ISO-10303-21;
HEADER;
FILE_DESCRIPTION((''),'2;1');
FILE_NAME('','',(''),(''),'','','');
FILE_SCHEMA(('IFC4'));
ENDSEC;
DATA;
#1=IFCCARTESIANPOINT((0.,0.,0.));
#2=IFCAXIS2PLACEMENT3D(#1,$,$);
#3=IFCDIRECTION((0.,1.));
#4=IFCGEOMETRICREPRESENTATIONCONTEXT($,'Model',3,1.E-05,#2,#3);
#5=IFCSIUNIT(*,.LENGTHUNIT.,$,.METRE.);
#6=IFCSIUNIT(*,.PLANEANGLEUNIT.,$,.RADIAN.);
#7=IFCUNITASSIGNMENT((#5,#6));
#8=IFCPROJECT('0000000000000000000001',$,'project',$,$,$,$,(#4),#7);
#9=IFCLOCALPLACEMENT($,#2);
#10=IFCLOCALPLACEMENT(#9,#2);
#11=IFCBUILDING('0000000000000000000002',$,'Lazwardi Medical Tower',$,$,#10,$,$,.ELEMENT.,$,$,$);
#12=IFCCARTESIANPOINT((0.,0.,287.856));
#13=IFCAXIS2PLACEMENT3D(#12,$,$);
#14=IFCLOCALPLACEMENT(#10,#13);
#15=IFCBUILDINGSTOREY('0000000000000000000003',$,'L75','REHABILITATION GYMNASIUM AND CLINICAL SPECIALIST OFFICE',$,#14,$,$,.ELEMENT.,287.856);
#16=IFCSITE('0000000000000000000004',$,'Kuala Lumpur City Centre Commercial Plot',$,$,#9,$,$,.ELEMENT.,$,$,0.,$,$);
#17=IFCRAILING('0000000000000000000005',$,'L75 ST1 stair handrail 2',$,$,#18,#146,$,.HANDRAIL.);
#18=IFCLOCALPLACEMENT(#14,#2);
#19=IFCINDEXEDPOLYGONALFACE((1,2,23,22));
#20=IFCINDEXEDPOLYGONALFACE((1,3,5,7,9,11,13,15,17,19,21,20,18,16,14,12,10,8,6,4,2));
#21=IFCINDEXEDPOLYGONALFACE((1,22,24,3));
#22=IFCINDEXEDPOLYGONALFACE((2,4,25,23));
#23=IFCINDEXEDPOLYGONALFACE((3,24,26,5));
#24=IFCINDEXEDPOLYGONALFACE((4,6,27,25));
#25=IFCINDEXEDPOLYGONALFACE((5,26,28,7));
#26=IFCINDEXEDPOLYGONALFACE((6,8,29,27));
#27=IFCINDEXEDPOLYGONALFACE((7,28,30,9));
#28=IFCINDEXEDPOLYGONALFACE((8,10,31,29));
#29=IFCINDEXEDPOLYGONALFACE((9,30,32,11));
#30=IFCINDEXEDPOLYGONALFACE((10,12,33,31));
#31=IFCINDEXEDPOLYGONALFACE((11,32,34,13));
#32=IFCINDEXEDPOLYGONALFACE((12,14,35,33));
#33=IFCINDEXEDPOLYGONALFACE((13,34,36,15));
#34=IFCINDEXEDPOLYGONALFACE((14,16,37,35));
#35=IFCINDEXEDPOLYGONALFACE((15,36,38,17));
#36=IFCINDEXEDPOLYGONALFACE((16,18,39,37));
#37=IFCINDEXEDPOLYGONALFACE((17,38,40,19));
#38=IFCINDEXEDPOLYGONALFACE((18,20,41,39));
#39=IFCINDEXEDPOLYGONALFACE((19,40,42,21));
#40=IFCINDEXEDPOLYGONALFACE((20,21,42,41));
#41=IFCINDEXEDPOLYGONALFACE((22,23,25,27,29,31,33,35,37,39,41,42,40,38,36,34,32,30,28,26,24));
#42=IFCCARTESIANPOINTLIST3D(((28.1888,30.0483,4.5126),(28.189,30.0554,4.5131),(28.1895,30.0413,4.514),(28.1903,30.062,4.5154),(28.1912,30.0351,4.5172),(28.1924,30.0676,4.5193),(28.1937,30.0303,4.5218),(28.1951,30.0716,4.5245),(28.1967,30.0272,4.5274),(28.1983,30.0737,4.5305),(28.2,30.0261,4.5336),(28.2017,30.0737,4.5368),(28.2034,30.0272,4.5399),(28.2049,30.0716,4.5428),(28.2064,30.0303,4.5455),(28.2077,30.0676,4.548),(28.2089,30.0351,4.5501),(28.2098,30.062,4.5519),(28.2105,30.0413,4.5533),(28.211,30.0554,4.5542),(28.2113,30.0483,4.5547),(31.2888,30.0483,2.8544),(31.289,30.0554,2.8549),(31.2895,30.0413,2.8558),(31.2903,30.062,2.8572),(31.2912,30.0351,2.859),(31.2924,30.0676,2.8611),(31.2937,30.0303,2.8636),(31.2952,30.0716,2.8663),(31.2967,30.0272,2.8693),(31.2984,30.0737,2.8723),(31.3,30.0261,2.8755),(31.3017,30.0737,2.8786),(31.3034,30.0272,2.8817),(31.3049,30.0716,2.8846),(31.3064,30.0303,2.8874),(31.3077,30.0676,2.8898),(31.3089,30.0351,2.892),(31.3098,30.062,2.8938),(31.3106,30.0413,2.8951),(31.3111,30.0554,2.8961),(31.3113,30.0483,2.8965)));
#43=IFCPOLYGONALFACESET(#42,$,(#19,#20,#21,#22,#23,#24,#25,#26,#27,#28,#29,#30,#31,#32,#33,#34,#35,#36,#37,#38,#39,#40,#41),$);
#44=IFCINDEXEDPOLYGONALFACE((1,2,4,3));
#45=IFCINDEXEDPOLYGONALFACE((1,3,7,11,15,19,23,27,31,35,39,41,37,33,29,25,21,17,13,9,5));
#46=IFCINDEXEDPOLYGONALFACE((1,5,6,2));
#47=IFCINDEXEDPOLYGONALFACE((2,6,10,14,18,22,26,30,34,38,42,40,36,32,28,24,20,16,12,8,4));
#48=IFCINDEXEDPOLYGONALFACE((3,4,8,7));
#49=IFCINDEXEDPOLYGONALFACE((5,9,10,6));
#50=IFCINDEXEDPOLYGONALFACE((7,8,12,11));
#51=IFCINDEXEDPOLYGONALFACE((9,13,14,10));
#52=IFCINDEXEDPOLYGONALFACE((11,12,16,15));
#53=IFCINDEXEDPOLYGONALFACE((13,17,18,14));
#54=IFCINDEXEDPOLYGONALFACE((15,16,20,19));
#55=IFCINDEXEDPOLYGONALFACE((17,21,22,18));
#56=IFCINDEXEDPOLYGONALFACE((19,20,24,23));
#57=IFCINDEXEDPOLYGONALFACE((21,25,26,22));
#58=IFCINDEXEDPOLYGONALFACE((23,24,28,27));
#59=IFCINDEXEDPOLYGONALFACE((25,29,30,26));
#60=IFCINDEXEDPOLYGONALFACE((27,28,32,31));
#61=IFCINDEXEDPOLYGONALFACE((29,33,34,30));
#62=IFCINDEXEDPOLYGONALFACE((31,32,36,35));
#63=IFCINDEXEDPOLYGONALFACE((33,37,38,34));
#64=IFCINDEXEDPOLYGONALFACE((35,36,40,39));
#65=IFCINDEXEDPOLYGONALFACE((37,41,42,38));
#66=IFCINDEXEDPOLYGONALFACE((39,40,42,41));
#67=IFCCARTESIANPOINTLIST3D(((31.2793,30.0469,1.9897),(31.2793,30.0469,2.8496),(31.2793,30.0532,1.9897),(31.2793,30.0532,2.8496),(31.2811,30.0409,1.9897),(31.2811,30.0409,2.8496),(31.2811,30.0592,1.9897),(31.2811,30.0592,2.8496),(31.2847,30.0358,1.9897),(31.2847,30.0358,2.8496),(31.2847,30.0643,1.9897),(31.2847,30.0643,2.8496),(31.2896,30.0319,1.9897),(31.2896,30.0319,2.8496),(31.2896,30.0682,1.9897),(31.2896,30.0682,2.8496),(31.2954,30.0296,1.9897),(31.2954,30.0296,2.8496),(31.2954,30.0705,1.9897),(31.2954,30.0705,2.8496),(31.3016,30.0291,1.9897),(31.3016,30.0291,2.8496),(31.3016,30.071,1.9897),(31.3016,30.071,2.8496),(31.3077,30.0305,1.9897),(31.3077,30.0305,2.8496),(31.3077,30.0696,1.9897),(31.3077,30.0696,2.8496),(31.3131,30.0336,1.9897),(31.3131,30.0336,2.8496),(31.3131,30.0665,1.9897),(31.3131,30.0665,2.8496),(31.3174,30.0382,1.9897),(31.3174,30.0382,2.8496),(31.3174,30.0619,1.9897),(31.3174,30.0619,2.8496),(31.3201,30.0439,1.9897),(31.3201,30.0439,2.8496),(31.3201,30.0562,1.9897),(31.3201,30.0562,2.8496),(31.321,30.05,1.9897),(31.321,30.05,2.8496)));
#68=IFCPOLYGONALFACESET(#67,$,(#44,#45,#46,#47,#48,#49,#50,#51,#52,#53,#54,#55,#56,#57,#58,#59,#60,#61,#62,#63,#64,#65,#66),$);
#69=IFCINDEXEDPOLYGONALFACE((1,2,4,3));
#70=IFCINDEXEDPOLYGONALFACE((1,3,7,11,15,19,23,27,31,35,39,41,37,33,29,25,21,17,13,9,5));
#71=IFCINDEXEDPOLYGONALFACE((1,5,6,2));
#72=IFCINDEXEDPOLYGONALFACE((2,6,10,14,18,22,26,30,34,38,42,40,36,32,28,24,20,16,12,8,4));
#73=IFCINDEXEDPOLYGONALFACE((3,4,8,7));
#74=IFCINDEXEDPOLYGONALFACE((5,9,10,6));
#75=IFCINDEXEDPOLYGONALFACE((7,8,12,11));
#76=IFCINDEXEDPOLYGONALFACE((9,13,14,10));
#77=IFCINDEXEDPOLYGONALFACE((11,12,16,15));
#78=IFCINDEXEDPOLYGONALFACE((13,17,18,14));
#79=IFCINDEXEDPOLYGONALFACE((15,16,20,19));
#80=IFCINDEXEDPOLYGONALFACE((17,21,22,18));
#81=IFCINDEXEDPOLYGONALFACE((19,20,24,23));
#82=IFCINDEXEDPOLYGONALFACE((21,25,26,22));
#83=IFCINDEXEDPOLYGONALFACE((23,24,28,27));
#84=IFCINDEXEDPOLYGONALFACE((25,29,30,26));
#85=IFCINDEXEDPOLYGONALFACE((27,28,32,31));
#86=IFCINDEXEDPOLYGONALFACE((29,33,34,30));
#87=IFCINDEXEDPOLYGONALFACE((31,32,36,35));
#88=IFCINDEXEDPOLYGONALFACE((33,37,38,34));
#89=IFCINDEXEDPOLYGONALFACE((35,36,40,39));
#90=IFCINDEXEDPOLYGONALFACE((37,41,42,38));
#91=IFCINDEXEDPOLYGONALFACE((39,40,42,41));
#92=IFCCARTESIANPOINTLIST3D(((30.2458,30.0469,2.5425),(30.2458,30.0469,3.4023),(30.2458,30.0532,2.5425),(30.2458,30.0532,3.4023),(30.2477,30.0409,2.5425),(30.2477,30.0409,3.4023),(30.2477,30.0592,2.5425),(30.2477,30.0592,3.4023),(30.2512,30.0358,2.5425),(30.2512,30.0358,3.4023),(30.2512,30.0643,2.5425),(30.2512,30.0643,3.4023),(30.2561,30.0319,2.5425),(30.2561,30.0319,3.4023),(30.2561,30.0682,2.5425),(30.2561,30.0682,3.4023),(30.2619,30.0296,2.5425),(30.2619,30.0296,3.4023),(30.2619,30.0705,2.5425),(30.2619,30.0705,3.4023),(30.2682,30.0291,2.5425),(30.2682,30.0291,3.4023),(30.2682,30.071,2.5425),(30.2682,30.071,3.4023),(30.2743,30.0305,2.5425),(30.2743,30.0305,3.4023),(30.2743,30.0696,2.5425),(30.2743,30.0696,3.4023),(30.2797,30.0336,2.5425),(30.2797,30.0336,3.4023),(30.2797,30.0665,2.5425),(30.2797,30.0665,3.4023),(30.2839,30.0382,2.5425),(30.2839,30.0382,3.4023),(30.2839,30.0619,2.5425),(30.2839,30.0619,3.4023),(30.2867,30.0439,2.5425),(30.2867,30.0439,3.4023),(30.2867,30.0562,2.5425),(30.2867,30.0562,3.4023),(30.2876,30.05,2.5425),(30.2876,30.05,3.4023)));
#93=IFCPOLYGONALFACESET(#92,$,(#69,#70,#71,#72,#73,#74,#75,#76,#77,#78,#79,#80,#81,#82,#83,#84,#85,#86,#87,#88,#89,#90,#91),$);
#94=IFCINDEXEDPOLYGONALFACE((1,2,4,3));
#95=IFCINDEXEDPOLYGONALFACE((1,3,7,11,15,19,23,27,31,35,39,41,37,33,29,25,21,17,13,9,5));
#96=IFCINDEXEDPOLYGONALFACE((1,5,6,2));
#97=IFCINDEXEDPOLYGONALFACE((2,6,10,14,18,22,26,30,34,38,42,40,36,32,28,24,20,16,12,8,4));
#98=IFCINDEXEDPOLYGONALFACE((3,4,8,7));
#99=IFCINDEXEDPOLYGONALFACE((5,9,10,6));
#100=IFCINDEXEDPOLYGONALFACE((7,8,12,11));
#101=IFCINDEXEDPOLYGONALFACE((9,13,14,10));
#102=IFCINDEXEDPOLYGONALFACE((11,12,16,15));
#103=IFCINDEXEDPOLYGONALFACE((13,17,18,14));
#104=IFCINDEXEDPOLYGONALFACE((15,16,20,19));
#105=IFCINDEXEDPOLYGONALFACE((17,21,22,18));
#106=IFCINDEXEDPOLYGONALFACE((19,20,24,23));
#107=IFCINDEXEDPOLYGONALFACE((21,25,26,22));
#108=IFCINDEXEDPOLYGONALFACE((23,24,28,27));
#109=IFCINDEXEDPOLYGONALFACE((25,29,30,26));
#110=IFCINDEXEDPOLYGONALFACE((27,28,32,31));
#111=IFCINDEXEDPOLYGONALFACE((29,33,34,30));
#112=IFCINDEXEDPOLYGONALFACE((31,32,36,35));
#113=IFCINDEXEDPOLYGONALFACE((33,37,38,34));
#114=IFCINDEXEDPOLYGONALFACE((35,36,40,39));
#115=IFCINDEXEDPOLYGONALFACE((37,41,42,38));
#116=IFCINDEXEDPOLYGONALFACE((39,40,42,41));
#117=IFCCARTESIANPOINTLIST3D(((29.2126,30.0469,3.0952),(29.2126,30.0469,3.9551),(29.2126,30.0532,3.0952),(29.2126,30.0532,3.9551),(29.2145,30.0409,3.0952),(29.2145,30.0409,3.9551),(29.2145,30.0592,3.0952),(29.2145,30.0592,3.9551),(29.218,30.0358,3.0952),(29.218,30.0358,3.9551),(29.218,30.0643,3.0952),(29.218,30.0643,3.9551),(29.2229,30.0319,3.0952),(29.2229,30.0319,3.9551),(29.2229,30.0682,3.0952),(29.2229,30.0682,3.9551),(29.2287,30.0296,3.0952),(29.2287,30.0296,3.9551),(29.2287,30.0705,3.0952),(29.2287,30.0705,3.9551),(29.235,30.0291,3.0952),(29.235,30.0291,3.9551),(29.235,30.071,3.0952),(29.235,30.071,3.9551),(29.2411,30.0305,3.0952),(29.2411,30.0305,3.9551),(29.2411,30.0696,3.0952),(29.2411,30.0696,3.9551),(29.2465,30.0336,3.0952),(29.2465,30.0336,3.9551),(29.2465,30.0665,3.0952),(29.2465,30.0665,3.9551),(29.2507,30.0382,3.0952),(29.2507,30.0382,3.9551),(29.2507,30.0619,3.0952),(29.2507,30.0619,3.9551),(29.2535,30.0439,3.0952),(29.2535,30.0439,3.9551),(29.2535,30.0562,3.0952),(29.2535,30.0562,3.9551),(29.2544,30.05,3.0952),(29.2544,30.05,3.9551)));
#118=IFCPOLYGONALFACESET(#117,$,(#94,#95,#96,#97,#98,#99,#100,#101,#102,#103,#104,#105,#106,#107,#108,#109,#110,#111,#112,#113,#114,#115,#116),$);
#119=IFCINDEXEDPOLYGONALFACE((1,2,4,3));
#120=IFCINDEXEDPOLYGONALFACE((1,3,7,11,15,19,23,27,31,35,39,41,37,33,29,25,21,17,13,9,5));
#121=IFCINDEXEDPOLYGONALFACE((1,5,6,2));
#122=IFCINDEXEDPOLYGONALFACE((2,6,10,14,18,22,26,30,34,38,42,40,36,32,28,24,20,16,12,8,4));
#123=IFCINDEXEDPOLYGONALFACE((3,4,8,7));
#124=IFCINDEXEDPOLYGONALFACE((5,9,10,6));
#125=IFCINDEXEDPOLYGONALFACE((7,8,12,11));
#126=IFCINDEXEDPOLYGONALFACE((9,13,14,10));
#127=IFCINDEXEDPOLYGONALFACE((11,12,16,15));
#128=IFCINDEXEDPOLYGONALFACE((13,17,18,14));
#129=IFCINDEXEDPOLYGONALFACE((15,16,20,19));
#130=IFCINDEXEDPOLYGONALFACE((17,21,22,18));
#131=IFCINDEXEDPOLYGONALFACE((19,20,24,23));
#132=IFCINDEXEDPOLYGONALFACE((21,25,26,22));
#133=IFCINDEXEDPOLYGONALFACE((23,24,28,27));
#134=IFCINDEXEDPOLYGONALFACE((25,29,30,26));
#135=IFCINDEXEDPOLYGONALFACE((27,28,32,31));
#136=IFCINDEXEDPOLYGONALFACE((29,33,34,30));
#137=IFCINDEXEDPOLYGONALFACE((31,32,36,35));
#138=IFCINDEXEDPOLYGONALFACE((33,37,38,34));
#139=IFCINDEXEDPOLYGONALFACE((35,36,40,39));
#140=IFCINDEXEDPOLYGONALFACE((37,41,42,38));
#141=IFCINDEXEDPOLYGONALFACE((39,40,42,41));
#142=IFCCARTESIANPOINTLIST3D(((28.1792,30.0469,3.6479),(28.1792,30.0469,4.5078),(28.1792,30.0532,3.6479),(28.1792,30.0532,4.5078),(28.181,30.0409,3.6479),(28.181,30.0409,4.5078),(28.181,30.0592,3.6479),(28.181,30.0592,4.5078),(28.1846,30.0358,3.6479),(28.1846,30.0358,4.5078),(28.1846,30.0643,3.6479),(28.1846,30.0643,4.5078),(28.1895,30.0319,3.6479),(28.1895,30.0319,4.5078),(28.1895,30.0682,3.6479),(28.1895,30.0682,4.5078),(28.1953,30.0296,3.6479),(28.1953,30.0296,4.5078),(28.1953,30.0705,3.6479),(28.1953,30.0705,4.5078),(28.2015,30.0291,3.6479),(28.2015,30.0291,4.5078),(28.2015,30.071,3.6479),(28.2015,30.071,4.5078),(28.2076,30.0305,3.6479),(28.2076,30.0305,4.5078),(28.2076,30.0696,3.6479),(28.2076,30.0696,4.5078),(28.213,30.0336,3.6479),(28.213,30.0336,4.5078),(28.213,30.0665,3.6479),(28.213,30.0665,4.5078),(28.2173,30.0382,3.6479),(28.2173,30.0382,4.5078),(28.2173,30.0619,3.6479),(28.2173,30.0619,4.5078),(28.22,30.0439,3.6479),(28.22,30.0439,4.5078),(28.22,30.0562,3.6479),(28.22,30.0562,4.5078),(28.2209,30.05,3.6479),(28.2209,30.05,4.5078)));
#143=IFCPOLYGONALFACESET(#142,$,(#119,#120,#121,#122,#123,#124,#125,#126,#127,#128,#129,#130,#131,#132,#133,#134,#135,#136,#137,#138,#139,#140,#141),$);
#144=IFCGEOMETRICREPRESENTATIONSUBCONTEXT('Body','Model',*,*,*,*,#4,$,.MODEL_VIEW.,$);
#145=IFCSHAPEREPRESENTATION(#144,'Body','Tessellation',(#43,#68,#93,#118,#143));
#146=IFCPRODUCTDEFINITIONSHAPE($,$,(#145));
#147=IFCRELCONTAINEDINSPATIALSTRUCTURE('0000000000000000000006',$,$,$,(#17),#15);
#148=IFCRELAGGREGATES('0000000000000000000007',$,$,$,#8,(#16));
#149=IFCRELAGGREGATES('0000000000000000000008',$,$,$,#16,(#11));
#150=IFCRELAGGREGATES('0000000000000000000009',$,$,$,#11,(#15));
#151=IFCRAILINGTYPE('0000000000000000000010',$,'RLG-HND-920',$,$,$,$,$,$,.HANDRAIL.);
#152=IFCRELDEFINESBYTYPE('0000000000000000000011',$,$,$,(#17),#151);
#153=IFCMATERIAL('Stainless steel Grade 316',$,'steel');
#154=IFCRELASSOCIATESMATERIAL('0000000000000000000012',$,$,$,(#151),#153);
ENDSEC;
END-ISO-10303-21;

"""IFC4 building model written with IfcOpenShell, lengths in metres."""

from ifc_helpers import new_model, si_unit, direction, frame, origin, origin_2d, place, context, subcontext, project, spatial, circle, extrude, material, type_object, element, save


model = new_model("IFC4")

# Units and contexts
model_context = context("Model", 3, precision=1e-05, world=origin(), true_north=direction((0.0, 1.0)))
body_context = subcontext(model_context, "Body", "Model", "MODEL_VIEW")
ifc_project = project(units=[si_unit("LENGTHUNIT", "METRE"), si_unit("PLANEANGLEUNIT", "RADIAN")], contexts=[model_context])

# Site, building, storey
site_placement = place(None, origin())
site = spatial("IfcSite", under=ifc_project, at=site_placement, Name="Kuala Lumpur City Centre Commercial Plot", CompositionType="ELEMENT", RefElevation=0.0)
building_placement = place(site_placement, origin())
building = spatial("IfcBuilding", under=site, at=building_placement, Name="Lazwardi Medical Tower", CompositionType="ELEMENT")
storey_placement = place(building_placement, frame((0.0, 0.0, 287.856)))
storey = spatial("IfcBuildingStorey", under=building, at=storey_placement, Name="L75", Description="REHABILITATION GYMNASIUM AND CLINICAL SPECIALIST OFFICE", CompositionType="ELEMENT", Elevation=287.856)

# Railing
ifc_material_1 = material(Name="Stainless steel Grade 316", Category="steel")
railing_type_1 = type_object("IfcRailingType", Name="RLG-HND-920", PredefinedType="HANDRAIL", material=ifc_material_1)
railing_1_placement = place(storey_placement, frame((31.3, 30.05, 1.9897)))
element("IfcRailing", 1, at=railing_1_placement, inside=storey, type_object=railing_type_1, Name="L75 ST1 stair handrail 2", PredefinedType="HANDRAIL", context=body_context, shape_type="SweptSolid", body=[
    extrude(circle(Radius=0.0239, at=origin_2d()), frame((0.0, 0.0, 0.8857), z_axis=(-0.881783, 0.0, 0.471655), x_axis=(0.0, -1.0, 0.0)), (0.0, 0.0, 1.0), 3.5156),
    extrude(circle(Radius=0.021, at=origin_2d()), origin(), (0.0, 0.0, 1.0), 0.8599),
    extrude(circle(Radius=0.021, at=origin_2d()), frame((-1.0334, 0.0, 0.5527)), (0.0, 0.0, 1.0), 0.8599),
    extrude(circle(Radius=0.021, at=origin_2d()), frame((-2.0667, 0.0, 1.1055)), (0.0, 0.0, 1.0), 0.8599),
    extrude(circle(Radius=0.021, at=origin_2d()), frame((-3.1001, 0.0, 1.6582)), (0.0, 0.0, 1.0), 0.8599),
])

save(model, "model.ifc")
